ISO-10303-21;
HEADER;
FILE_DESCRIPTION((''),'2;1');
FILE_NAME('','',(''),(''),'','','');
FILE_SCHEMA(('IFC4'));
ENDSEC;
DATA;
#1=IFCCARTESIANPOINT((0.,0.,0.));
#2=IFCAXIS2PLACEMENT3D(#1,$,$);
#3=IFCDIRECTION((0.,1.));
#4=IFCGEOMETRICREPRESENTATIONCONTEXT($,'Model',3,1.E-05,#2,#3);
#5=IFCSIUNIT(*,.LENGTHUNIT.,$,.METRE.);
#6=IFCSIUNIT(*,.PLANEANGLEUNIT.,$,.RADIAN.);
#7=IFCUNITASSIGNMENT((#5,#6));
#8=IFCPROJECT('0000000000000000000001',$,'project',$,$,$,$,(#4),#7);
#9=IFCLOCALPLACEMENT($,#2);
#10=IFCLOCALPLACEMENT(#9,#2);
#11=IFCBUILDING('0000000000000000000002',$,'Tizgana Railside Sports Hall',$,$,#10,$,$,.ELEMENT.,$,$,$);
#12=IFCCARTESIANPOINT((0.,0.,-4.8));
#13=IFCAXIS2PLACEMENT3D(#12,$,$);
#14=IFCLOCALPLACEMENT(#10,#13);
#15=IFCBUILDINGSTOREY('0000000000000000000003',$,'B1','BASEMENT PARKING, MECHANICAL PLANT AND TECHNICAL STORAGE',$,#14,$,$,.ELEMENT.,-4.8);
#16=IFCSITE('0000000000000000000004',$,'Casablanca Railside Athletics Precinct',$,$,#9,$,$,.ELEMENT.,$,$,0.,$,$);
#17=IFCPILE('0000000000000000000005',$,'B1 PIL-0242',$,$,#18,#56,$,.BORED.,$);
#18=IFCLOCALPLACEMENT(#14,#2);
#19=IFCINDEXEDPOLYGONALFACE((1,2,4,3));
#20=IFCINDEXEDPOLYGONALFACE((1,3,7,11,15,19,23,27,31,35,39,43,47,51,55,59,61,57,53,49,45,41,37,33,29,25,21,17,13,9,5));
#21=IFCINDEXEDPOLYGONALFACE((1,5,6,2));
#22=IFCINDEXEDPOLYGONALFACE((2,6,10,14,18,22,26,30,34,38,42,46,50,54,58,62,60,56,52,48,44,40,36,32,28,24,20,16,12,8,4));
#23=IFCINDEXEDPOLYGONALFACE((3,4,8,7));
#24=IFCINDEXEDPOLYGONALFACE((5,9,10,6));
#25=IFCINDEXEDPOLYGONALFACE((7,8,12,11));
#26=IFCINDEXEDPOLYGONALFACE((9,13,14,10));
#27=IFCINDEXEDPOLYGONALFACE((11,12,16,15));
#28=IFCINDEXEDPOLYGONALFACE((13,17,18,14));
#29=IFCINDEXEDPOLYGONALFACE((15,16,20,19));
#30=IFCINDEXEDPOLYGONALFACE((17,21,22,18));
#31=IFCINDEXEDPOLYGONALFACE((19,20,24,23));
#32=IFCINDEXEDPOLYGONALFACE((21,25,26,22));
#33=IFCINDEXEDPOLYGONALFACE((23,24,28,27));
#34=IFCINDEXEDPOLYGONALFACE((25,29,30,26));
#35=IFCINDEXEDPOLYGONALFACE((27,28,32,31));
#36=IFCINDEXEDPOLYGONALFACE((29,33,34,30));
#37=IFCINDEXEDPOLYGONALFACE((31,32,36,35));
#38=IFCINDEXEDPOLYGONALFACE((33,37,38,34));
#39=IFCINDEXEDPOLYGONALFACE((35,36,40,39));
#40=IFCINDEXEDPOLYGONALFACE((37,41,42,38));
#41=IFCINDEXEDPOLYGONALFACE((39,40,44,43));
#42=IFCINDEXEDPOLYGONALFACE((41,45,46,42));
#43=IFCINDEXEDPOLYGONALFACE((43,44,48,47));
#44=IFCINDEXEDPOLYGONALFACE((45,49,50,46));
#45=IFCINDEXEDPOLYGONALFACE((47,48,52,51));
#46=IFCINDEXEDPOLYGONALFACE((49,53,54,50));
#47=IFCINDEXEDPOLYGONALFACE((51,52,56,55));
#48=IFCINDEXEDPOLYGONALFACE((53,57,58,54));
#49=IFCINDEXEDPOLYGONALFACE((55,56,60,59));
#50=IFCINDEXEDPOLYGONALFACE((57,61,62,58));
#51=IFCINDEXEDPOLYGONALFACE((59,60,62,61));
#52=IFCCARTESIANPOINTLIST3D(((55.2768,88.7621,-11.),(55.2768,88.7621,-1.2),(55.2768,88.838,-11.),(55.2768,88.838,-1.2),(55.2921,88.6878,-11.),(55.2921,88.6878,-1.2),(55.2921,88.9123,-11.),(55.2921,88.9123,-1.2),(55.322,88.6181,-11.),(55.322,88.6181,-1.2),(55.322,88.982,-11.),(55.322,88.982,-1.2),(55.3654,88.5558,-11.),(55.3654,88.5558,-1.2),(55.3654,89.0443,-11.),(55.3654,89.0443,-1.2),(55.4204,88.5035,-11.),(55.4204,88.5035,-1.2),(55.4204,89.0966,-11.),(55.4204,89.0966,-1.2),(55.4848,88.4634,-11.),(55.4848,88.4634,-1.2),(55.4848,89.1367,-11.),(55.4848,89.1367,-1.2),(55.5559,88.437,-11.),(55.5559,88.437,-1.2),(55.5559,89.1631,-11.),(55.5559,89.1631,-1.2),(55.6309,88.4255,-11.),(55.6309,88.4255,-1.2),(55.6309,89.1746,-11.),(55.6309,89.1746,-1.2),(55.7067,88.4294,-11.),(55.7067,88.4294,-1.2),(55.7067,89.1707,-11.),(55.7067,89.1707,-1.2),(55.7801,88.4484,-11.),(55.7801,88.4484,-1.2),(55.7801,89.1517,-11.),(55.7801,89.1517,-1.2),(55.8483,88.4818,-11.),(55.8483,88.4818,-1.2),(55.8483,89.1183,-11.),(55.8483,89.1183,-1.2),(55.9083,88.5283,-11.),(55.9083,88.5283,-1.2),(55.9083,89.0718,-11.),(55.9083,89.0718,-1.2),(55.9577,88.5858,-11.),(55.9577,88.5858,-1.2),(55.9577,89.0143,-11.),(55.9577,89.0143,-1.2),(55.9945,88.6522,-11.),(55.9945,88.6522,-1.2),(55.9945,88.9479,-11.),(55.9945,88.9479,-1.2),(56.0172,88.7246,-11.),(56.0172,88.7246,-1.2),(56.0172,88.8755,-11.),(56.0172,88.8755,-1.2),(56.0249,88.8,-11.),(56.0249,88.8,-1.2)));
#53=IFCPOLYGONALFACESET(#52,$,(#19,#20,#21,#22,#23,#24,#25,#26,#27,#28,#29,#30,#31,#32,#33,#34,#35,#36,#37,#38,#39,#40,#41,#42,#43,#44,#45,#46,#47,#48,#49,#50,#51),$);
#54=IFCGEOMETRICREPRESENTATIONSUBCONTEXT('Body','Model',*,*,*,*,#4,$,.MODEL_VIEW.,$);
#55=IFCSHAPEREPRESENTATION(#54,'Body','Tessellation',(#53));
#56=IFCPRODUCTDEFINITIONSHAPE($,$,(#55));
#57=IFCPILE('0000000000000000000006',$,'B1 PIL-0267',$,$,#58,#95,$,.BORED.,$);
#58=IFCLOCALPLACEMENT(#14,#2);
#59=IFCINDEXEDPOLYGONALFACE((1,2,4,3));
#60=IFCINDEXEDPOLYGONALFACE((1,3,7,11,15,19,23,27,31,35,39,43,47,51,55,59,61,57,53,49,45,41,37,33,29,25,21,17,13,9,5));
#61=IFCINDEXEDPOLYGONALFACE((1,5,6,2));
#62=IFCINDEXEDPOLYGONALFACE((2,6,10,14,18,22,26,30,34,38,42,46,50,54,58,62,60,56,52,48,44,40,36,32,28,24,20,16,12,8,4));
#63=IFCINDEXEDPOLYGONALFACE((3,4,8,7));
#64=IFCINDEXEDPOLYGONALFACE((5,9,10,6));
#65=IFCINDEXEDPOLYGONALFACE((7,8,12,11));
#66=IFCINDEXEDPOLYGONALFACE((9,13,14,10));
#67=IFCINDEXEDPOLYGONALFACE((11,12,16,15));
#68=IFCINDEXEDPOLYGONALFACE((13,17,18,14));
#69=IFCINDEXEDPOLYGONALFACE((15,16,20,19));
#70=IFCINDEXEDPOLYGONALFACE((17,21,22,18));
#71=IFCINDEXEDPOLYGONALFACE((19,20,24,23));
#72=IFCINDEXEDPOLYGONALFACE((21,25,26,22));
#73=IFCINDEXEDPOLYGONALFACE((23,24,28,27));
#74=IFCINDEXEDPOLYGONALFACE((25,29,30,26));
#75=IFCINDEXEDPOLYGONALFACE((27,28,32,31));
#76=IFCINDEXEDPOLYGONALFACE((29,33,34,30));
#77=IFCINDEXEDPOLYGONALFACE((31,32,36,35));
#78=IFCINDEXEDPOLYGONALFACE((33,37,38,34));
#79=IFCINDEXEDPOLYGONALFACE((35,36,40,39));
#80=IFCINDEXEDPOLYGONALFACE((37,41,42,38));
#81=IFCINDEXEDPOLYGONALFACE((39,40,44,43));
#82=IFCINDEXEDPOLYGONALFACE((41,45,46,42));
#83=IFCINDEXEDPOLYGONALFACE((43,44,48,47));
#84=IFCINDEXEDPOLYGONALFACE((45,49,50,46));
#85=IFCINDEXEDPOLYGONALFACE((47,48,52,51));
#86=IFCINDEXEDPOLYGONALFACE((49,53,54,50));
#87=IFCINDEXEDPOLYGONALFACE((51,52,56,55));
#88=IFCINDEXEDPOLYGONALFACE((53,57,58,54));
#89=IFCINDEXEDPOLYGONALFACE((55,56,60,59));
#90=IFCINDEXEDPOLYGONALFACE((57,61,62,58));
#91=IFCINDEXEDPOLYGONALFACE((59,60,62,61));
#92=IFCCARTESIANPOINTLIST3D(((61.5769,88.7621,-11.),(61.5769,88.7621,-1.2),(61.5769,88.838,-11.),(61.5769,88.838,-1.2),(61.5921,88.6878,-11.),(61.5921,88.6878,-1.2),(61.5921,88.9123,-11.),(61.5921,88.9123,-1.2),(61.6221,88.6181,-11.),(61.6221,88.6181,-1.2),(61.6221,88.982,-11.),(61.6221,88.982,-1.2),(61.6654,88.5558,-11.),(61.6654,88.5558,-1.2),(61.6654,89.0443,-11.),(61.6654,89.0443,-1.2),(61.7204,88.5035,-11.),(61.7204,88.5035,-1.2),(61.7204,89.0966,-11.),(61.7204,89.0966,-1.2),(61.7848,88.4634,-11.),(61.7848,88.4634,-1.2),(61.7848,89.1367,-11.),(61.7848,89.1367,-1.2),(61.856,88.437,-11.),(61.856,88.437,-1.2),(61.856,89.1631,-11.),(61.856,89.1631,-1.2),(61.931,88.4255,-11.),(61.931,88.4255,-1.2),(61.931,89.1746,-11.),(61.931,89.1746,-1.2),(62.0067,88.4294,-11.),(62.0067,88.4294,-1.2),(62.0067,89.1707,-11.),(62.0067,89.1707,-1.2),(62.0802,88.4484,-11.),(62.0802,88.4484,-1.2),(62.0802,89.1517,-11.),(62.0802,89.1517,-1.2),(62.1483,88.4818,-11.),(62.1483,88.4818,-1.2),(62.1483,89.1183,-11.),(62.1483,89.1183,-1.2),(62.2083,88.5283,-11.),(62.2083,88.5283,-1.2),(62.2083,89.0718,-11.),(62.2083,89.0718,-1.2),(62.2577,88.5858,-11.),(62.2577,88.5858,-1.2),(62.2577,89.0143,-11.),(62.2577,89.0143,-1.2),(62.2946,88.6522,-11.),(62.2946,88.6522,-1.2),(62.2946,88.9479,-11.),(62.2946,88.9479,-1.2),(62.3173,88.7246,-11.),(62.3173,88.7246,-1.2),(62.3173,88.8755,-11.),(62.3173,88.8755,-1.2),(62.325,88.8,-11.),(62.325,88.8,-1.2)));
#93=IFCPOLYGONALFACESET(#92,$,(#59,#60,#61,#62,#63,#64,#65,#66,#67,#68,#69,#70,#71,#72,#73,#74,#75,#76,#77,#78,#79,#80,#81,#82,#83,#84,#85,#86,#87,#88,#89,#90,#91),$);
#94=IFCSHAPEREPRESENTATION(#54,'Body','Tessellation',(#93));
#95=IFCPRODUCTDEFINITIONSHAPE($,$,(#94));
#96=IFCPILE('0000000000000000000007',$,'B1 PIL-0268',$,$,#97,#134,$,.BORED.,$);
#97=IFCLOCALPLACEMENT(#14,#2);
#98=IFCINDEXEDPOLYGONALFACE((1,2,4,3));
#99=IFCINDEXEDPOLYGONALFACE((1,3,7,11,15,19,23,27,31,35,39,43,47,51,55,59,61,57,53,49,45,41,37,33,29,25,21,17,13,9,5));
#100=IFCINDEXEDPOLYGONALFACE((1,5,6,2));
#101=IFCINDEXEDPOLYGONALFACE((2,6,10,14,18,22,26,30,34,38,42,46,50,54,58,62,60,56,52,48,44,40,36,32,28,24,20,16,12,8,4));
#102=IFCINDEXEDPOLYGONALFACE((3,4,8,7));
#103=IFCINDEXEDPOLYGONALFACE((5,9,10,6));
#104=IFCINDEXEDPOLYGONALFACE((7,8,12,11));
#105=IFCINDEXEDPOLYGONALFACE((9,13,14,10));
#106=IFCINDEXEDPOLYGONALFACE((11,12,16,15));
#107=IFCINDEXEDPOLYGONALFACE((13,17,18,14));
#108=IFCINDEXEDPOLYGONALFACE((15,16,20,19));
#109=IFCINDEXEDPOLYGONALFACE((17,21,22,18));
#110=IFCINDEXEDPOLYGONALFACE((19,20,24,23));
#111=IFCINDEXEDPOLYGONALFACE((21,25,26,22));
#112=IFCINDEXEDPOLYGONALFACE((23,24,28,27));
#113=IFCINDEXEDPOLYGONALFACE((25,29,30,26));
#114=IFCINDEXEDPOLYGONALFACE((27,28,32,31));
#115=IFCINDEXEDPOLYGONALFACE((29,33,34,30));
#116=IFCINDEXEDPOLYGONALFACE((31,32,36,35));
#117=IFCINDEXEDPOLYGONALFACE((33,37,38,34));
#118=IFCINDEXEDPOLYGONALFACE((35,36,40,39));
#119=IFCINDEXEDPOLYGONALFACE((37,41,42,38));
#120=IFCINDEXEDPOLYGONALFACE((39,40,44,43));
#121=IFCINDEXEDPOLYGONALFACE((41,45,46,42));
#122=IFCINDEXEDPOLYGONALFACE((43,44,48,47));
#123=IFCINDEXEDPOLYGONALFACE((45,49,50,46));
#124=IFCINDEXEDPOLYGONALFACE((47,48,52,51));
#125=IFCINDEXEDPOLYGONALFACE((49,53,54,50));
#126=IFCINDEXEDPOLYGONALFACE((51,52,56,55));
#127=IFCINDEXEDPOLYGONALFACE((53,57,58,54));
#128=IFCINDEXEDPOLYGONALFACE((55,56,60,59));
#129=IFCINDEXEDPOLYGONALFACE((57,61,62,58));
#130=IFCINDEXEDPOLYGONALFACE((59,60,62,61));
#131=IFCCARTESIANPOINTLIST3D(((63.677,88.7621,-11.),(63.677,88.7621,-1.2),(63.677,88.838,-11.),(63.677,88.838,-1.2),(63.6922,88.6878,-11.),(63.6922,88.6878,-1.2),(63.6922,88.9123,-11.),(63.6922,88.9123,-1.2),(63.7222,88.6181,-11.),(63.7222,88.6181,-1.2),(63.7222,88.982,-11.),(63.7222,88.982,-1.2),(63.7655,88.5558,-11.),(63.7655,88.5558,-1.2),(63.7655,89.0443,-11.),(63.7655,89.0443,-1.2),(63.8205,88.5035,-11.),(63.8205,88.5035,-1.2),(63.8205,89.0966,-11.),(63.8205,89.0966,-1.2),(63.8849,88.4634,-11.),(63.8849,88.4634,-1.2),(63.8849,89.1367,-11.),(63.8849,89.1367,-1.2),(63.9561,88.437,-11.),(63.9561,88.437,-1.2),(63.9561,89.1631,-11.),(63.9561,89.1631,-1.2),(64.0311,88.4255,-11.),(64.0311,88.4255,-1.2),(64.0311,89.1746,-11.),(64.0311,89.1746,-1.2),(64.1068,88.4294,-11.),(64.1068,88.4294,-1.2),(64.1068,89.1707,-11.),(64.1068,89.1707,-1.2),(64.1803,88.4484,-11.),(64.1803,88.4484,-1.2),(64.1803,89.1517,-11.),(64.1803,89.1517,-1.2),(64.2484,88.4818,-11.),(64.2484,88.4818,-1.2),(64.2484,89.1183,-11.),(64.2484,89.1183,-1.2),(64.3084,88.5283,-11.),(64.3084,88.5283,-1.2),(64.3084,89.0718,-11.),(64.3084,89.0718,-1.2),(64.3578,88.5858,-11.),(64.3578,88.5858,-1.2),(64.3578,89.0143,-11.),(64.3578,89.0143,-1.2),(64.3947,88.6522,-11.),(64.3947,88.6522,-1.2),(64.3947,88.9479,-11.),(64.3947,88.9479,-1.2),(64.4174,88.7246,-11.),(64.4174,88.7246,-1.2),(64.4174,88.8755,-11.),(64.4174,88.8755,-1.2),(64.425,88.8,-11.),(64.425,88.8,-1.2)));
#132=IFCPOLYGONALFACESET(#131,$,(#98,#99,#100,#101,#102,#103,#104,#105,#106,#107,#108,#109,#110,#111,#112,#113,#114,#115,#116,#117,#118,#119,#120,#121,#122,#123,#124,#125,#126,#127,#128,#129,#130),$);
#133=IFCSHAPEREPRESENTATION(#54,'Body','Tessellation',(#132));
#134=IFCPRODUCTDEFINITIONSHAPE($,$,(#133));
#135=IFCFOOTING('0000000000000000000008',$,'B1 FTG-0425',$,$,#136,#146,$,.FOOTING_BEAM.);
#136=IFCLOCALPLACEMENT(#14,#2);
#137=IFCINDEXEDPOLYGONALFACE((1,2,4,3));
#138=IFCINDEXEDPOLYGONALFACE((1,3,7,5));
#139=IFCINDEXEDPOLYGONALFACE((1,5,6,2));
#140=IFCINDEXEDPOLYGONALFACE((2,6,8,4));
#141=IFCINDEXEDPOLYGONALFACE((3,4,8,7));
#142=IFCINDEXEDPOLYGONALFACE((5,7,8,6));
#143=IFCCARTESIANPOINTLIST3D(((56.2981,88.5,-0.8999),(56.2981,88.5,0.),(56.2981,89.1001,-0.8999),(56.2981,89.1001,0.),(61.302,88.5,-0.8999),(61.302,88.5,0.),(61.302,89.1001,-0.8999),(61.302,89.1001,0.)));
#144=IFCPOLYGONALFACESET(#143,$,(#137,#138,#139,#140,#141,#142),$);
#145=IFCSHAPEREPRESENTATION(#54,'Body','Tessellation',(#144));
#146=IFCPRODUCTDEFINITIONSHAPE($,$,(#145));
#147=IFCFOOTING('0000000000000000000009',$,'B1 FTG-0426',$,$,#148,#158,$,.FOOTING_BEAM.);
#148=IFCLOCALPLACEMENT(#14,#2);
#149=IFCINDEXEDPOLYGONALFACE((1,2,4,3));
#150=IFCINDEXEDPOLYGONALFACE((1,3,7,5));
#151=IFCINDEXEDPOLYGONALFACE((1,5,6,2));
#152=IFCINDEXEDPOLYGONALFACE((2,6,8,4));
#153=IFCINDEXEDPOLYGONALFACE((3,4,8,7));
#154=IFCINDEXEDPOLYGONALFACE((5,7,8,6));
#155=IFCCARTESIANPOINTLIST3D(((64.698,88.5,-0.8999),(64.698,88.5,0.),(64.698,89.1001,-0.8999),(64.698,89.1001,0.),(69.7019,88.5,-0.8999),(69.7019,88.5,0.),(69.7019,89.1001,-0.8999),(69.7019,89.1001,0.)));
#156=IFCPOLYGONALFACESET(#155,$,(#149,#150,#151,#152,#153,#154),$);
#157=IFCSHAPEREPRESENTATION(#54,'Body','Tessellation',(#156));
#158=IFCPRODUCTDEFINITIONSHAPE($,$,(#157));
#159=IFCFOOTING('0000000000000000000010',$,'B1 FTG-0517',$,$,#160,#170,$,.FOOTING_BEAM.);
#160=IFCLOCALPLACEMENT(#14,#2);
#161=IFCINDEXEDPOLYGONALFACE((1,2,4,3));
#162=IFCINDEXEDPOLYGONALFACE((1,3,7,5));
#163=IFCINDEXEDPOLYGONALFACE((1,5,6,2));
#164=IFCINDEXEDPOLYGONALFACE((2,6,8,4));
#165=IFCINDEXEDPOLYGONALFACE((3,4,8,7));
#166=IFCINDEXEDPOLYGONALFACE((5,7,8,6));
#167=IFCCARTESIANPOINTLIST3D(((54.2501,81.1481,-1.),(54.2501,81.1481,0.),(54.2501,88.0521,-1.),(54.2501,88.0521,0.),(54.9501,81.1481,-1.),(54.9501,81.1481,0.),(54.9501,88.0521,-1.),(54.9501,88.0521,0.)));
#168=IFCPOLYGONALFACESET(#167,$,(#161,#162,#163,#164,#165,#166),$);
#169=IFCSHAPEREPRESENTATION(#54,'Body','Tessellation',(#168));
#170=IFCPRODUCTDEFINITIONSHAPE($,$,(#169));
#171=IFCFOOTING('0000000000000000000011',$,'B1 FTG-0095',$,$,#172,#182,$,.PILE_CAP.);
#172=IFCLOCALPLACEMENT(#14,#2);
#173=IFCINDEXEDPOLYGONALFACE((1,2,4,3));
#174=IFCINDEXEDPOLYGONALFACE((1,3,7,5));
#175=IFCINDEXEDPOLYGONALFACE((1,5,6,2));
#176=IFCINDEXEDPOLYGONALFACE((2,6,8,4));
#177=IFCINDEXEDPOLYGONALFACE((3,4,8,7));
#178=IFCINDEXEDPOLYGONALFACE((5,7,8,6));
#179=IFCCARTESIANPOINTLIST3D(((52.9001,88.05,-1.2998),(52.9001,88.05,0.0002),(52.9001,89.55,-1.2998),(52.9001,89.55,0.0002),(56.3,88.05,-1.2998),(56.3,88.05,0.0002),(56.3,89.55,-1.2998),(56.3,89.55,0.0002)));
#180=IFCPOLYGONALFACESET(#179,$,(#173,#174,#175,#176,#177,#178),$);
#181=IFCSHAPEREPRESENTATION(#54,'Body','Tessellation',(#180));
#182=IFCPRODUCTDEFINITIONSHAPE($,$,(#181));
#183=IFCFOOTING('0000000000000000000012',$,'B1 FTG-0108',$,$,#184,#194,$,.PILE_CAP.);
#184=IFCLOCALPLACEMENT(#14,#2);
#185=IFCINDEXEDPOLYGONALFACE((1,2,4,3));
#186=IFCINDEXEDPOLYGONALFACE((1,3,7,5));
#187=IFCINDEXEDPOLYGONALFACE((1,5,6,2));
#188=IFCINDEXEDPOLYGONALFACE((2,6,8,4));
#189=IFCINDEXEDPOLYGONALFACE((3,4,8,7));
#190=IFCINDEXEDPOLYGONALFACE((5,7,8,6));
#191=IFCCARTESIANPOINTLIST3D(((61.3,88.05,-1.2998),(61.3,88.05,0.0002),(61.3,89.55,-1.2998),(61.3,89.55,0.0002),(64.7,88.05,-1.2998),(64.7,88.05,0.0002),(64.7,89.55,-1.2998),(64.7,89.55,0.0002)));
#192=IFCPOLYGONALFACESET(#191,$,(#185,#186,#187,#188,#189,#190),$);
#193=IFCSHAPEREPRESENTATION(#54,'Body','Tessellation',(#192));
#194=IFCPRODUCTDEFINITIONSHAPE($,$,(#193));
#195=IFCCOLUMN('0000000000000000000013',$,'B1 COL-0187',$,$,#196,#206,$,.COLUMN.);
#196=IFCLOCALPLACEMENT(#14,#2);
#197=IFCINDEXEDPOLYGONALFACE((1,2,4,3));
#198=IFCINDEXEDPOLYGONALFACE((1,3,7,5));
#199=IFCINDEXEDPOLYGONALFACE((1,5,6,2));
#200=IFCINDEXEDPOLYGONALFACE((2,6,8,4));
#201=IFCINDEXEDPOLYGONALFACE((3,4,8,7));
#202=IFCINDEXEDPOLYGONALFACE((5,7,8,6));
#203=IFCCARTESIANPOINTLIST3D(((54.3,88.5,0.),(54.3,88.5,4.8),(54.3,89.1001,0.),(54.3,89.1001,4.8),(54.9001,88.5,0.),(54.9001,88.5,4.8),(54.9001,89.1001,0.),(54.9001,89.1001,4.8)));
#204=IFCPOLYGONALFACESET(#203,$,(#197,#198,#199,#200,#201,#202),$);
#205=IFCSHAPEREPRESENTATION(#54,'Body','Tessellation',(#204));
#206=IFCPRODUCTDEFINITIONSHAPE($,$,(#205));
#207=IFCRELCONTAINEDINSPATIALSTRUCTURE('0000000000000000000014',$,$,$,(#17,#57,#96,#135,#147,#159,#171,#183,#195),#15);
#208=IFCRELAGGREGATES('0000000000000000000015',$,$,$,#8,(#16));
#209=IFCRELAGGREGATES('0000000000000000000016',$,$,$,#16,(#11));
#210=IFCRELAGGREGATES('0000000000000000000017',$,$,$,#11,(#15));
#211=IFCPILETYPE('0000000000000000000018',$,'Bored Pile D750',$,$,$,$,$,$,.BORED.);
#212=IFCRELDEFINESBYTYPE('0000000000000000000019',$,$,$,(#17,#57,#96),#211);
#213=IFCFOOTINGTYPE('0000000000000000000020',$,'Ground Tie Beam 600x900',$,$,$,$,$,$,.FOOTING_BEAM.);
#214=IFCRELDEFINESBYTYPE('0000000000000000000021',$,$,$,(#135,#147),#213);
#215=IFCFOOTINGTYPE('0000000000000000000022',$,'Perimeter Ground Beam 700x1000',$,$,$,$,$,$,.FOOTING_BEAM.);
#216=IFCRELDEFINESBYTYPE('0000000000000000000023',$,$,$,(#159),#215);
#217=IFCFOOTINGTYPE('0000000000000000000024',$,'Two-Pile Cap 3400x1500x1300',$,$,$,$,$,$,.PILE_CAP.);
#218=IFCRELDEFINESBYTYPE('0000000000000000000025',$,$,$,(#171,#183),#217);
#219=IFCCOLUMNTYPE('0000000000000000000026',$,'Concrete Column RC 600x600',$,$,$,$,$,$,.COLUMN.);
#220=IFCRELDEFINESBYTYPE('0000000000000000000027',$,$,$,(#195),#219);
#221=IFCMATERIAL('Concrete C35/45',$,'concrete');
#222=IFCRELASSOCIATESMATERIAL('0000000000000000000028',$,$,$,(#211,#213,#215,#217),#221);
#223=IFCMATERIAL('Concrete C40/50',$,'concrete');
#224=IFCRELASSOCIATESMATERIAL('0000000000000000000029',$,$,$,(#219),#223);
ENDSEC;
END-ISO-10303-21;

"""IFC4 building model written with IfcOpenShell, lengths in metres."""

from ifc_helpers import new_model, si_unit, direction, frame, origin, origin_2d, place, context, subcontext, project, spatial, rectangle, circle, extrude, material, material_profile, profile_set, type_object, element, save


model = new_model("IFC4")

# Units and contexts
model_context = context("Model", 3, precision=1e-05, world=origin(), true_north=direction((0.0, 1.0)))
body_context = subcontext(model_context, "Body", "Model", "MODEL_VIEW")
ifc_project = project(units=[si_unit("LENGTHUNIT", "METRE"), si_unit("PLANEANGLEUNIT", "RADIAN")], contexts=[model_context])

# Site, building, storey
site_placement = place(None, origin())
site = spatial("IfcSite", under=ifc_project, at=site_placement, Name="Casablanca Railside Athletics Precinct", CompositionType="ELEMENT", RefElevation=0.0)
building_placement = place(site_placement, origin())
building = spatial("IfcBuilding", under=site, at=building_placement, Name="Tizgana Railside Sports Hall", CompositionType="ELEMENT")
storey_placement = place(building_placement, frame((0.0, 0.0, -4.8)))
storey = spatial("IfcBuildingStorey", under=building, at=storey_placement, Name="B1", Description="BASEMENT PARKING, MECHANICAL PLANT AND TECHNICAL STORAGE", CompositionType="ELEMENT", Elevation=-4.8)

# Piles
ifc_material_1 = material(Name="Concrete C35/45", Category="concrete")
ifc_material_profile_1 = material_profile(ifc_material_1, circle(Radius=0.375, at=origin_2d()), Name="PILE D750")
ifc_profile_set_1 = profile_set([ifc_material_profile_1], Name="Concrete C35/45")
pile_type = type_object("IfcPileType", Name="Bored Pile D750", PredefinedType="BORED", material=ifc_profile_set_1)
for number, where, z_axis, x_axis, name in (
    (1, (55.6499, 88.8, -1.2), (0.0, 0.0, -1.0), (1.0, 0.0, 0.0), "B1 PIL-0242"),
    (2, (61.95, 88.8, -1.2), (0.0, 0.0, -1.0), (1.0, 0.0, 0.0), "B1 PIL-0267"),
    (3, (64.05, 88.8, -1.2), (0.0, 0.0, -1.0), (1.0, 0.0, 0.0), "B1 PIL-0268"),
):
    element("IfcPile", number, at=place(storey_placement, frame(where, z_axis=z_axis, x_axis=x_axis)), inside=storey, type_object=pile_type, Name=name, PredefinedType="BORED", context=body_context, shape_type="SweptSolid", body=[
        extrude(circle(Radius=0.375, at=origin_2d()), origin(), (0.0, 0.0, 1.0), 9.8),
    ])

# Footings
footing_type_1 = type_object("IfcFootingType", Name="Ground Tie Beam 600x900", PredefinedType="FOOTING_BEAM", material=ifc_material_1)
for number, where, z_axis, x_axis, name in (
    (4, (58.8, 88.8, -0.8999), (0.0, 0.0, 1.0), (1.0, 0.0, 0.0), "B1 FTG-0425"),
    (5, (67.2, 88.8, -0.8999), (0.0, 0.0, 1.0), (1.0, 0.0, 0.0), "B1 FTG-0426"),
):
    element("IfcFooting", number, at=place(storey_placement, frame(where, z_axis=z_axis, x_axis=x_axis)), inside=storey, type_object=footing_type_1, Name=name, PredefinedType="FOOTING_BEAM", context=body_context, shape_type="SweptSolid", body=[
        extrude(rectangle(XDim=5.0039, YDim=0.6001, at=origin_2d()), origin(), (0.0, 0.0, 1.0), 0.8999),
    ])
footing_type_2 = type_object("IfcFootingType", Name="Perimeter Ground Beam 700x1000", PredefinedType="FOOTING_BEAM", material=ifc_material_1)
footing_placement = place(storey_placement, frame((54.6001, 84.6001, -1.0), z_axis=(0.0, 0.0, 1.0), x_axis=(0.0, 1.0, 0.0)))
element("IfcFooting", 6, at=footing_placement, inside=storey, type_object=footing_type_2, Name="B1 FTG-0517", PredefinedType="FOOTING_BEAM", context=body_context, shape_type="SweptSolid", body=[
    extrude(rectangle(XDim=6.9041, YDim=0.7, at=origin_2d()), origin(), (0.0, 0.0, 1.0), 1.0),
])
footing_type_3 = type_object("IfcFootingType", Name="Two-Pile Cap 3400x1500x1300", PredefinedType="PILE_CAP", material=ifc_material_1)
for number, where, z_axis, x_axis, name in (
    (7, (54.6001, 88.8, -1.2998), (0.0, 0.0, 1.0), (1.0, 0.0, 0.0), "B1 FTG-0095"),
    (8, (63.0, 88.8, -1.2998), (0.0, 0.0, 1.0), (1.0, 0.0, 0.0), "B1 FTG-0108"),
):
    element("IfcFooting", number, at=place(storey_placement, frame(where, z_axis=z_axis, x_axis=x_axis)), inside=storey, type_object=footing_type_3, Name=name, PredefinedType="PILE_CAP", context=body_context, shape_type="SweptSolid", body=[
        extrude(rectangle(XDim=3.3999, YDim=1.5, at=origin_2d()), origin(), (0.0, 0.0, 1.0), 1.3),
    ])

# Column
ifc_material_2 = material(Name="Concrete C40/50", Category="concrete")
ifc_material_profile_2 = material_profile(ifc_material_2, rectangle(XDim=0.6001, YDim=0.6001, at=origin_2d()), Name="RC 600x600")
ifc_profile_set_2 = profile_set([ifc_material_profile_2], Name="Concrete C40/50")
column_type = type_object("IfcColumnType", Name="Concrete Column RC 600x600", PredefinedType="COLUMN", material=ifc_profile_set_2)
for number, where, z_axis, x_axis, name in (
    (9, (54.6001, 88.8, 0.0), (0.0, 0.0, 1.0), (1.0, 0.0, 0.0), "B1 COL-0187"),
):
    element("IfcColumn", number, at=place(storey_placement, frame(where, z_axis=z_axis, x_axis=x_axis)), inside=storey, type_object=column_type, Name=name, PredefinedType="COLUMN", context=body_context, shape_type="SweptSolid", body=[
        extrude(rectangle(XDim=0.6001, YDim=0.6001, at=origin_2d()), origin(), (0.0, 0.0, 1.0), 4.8),
    ])

save(model, "model.ifc")
